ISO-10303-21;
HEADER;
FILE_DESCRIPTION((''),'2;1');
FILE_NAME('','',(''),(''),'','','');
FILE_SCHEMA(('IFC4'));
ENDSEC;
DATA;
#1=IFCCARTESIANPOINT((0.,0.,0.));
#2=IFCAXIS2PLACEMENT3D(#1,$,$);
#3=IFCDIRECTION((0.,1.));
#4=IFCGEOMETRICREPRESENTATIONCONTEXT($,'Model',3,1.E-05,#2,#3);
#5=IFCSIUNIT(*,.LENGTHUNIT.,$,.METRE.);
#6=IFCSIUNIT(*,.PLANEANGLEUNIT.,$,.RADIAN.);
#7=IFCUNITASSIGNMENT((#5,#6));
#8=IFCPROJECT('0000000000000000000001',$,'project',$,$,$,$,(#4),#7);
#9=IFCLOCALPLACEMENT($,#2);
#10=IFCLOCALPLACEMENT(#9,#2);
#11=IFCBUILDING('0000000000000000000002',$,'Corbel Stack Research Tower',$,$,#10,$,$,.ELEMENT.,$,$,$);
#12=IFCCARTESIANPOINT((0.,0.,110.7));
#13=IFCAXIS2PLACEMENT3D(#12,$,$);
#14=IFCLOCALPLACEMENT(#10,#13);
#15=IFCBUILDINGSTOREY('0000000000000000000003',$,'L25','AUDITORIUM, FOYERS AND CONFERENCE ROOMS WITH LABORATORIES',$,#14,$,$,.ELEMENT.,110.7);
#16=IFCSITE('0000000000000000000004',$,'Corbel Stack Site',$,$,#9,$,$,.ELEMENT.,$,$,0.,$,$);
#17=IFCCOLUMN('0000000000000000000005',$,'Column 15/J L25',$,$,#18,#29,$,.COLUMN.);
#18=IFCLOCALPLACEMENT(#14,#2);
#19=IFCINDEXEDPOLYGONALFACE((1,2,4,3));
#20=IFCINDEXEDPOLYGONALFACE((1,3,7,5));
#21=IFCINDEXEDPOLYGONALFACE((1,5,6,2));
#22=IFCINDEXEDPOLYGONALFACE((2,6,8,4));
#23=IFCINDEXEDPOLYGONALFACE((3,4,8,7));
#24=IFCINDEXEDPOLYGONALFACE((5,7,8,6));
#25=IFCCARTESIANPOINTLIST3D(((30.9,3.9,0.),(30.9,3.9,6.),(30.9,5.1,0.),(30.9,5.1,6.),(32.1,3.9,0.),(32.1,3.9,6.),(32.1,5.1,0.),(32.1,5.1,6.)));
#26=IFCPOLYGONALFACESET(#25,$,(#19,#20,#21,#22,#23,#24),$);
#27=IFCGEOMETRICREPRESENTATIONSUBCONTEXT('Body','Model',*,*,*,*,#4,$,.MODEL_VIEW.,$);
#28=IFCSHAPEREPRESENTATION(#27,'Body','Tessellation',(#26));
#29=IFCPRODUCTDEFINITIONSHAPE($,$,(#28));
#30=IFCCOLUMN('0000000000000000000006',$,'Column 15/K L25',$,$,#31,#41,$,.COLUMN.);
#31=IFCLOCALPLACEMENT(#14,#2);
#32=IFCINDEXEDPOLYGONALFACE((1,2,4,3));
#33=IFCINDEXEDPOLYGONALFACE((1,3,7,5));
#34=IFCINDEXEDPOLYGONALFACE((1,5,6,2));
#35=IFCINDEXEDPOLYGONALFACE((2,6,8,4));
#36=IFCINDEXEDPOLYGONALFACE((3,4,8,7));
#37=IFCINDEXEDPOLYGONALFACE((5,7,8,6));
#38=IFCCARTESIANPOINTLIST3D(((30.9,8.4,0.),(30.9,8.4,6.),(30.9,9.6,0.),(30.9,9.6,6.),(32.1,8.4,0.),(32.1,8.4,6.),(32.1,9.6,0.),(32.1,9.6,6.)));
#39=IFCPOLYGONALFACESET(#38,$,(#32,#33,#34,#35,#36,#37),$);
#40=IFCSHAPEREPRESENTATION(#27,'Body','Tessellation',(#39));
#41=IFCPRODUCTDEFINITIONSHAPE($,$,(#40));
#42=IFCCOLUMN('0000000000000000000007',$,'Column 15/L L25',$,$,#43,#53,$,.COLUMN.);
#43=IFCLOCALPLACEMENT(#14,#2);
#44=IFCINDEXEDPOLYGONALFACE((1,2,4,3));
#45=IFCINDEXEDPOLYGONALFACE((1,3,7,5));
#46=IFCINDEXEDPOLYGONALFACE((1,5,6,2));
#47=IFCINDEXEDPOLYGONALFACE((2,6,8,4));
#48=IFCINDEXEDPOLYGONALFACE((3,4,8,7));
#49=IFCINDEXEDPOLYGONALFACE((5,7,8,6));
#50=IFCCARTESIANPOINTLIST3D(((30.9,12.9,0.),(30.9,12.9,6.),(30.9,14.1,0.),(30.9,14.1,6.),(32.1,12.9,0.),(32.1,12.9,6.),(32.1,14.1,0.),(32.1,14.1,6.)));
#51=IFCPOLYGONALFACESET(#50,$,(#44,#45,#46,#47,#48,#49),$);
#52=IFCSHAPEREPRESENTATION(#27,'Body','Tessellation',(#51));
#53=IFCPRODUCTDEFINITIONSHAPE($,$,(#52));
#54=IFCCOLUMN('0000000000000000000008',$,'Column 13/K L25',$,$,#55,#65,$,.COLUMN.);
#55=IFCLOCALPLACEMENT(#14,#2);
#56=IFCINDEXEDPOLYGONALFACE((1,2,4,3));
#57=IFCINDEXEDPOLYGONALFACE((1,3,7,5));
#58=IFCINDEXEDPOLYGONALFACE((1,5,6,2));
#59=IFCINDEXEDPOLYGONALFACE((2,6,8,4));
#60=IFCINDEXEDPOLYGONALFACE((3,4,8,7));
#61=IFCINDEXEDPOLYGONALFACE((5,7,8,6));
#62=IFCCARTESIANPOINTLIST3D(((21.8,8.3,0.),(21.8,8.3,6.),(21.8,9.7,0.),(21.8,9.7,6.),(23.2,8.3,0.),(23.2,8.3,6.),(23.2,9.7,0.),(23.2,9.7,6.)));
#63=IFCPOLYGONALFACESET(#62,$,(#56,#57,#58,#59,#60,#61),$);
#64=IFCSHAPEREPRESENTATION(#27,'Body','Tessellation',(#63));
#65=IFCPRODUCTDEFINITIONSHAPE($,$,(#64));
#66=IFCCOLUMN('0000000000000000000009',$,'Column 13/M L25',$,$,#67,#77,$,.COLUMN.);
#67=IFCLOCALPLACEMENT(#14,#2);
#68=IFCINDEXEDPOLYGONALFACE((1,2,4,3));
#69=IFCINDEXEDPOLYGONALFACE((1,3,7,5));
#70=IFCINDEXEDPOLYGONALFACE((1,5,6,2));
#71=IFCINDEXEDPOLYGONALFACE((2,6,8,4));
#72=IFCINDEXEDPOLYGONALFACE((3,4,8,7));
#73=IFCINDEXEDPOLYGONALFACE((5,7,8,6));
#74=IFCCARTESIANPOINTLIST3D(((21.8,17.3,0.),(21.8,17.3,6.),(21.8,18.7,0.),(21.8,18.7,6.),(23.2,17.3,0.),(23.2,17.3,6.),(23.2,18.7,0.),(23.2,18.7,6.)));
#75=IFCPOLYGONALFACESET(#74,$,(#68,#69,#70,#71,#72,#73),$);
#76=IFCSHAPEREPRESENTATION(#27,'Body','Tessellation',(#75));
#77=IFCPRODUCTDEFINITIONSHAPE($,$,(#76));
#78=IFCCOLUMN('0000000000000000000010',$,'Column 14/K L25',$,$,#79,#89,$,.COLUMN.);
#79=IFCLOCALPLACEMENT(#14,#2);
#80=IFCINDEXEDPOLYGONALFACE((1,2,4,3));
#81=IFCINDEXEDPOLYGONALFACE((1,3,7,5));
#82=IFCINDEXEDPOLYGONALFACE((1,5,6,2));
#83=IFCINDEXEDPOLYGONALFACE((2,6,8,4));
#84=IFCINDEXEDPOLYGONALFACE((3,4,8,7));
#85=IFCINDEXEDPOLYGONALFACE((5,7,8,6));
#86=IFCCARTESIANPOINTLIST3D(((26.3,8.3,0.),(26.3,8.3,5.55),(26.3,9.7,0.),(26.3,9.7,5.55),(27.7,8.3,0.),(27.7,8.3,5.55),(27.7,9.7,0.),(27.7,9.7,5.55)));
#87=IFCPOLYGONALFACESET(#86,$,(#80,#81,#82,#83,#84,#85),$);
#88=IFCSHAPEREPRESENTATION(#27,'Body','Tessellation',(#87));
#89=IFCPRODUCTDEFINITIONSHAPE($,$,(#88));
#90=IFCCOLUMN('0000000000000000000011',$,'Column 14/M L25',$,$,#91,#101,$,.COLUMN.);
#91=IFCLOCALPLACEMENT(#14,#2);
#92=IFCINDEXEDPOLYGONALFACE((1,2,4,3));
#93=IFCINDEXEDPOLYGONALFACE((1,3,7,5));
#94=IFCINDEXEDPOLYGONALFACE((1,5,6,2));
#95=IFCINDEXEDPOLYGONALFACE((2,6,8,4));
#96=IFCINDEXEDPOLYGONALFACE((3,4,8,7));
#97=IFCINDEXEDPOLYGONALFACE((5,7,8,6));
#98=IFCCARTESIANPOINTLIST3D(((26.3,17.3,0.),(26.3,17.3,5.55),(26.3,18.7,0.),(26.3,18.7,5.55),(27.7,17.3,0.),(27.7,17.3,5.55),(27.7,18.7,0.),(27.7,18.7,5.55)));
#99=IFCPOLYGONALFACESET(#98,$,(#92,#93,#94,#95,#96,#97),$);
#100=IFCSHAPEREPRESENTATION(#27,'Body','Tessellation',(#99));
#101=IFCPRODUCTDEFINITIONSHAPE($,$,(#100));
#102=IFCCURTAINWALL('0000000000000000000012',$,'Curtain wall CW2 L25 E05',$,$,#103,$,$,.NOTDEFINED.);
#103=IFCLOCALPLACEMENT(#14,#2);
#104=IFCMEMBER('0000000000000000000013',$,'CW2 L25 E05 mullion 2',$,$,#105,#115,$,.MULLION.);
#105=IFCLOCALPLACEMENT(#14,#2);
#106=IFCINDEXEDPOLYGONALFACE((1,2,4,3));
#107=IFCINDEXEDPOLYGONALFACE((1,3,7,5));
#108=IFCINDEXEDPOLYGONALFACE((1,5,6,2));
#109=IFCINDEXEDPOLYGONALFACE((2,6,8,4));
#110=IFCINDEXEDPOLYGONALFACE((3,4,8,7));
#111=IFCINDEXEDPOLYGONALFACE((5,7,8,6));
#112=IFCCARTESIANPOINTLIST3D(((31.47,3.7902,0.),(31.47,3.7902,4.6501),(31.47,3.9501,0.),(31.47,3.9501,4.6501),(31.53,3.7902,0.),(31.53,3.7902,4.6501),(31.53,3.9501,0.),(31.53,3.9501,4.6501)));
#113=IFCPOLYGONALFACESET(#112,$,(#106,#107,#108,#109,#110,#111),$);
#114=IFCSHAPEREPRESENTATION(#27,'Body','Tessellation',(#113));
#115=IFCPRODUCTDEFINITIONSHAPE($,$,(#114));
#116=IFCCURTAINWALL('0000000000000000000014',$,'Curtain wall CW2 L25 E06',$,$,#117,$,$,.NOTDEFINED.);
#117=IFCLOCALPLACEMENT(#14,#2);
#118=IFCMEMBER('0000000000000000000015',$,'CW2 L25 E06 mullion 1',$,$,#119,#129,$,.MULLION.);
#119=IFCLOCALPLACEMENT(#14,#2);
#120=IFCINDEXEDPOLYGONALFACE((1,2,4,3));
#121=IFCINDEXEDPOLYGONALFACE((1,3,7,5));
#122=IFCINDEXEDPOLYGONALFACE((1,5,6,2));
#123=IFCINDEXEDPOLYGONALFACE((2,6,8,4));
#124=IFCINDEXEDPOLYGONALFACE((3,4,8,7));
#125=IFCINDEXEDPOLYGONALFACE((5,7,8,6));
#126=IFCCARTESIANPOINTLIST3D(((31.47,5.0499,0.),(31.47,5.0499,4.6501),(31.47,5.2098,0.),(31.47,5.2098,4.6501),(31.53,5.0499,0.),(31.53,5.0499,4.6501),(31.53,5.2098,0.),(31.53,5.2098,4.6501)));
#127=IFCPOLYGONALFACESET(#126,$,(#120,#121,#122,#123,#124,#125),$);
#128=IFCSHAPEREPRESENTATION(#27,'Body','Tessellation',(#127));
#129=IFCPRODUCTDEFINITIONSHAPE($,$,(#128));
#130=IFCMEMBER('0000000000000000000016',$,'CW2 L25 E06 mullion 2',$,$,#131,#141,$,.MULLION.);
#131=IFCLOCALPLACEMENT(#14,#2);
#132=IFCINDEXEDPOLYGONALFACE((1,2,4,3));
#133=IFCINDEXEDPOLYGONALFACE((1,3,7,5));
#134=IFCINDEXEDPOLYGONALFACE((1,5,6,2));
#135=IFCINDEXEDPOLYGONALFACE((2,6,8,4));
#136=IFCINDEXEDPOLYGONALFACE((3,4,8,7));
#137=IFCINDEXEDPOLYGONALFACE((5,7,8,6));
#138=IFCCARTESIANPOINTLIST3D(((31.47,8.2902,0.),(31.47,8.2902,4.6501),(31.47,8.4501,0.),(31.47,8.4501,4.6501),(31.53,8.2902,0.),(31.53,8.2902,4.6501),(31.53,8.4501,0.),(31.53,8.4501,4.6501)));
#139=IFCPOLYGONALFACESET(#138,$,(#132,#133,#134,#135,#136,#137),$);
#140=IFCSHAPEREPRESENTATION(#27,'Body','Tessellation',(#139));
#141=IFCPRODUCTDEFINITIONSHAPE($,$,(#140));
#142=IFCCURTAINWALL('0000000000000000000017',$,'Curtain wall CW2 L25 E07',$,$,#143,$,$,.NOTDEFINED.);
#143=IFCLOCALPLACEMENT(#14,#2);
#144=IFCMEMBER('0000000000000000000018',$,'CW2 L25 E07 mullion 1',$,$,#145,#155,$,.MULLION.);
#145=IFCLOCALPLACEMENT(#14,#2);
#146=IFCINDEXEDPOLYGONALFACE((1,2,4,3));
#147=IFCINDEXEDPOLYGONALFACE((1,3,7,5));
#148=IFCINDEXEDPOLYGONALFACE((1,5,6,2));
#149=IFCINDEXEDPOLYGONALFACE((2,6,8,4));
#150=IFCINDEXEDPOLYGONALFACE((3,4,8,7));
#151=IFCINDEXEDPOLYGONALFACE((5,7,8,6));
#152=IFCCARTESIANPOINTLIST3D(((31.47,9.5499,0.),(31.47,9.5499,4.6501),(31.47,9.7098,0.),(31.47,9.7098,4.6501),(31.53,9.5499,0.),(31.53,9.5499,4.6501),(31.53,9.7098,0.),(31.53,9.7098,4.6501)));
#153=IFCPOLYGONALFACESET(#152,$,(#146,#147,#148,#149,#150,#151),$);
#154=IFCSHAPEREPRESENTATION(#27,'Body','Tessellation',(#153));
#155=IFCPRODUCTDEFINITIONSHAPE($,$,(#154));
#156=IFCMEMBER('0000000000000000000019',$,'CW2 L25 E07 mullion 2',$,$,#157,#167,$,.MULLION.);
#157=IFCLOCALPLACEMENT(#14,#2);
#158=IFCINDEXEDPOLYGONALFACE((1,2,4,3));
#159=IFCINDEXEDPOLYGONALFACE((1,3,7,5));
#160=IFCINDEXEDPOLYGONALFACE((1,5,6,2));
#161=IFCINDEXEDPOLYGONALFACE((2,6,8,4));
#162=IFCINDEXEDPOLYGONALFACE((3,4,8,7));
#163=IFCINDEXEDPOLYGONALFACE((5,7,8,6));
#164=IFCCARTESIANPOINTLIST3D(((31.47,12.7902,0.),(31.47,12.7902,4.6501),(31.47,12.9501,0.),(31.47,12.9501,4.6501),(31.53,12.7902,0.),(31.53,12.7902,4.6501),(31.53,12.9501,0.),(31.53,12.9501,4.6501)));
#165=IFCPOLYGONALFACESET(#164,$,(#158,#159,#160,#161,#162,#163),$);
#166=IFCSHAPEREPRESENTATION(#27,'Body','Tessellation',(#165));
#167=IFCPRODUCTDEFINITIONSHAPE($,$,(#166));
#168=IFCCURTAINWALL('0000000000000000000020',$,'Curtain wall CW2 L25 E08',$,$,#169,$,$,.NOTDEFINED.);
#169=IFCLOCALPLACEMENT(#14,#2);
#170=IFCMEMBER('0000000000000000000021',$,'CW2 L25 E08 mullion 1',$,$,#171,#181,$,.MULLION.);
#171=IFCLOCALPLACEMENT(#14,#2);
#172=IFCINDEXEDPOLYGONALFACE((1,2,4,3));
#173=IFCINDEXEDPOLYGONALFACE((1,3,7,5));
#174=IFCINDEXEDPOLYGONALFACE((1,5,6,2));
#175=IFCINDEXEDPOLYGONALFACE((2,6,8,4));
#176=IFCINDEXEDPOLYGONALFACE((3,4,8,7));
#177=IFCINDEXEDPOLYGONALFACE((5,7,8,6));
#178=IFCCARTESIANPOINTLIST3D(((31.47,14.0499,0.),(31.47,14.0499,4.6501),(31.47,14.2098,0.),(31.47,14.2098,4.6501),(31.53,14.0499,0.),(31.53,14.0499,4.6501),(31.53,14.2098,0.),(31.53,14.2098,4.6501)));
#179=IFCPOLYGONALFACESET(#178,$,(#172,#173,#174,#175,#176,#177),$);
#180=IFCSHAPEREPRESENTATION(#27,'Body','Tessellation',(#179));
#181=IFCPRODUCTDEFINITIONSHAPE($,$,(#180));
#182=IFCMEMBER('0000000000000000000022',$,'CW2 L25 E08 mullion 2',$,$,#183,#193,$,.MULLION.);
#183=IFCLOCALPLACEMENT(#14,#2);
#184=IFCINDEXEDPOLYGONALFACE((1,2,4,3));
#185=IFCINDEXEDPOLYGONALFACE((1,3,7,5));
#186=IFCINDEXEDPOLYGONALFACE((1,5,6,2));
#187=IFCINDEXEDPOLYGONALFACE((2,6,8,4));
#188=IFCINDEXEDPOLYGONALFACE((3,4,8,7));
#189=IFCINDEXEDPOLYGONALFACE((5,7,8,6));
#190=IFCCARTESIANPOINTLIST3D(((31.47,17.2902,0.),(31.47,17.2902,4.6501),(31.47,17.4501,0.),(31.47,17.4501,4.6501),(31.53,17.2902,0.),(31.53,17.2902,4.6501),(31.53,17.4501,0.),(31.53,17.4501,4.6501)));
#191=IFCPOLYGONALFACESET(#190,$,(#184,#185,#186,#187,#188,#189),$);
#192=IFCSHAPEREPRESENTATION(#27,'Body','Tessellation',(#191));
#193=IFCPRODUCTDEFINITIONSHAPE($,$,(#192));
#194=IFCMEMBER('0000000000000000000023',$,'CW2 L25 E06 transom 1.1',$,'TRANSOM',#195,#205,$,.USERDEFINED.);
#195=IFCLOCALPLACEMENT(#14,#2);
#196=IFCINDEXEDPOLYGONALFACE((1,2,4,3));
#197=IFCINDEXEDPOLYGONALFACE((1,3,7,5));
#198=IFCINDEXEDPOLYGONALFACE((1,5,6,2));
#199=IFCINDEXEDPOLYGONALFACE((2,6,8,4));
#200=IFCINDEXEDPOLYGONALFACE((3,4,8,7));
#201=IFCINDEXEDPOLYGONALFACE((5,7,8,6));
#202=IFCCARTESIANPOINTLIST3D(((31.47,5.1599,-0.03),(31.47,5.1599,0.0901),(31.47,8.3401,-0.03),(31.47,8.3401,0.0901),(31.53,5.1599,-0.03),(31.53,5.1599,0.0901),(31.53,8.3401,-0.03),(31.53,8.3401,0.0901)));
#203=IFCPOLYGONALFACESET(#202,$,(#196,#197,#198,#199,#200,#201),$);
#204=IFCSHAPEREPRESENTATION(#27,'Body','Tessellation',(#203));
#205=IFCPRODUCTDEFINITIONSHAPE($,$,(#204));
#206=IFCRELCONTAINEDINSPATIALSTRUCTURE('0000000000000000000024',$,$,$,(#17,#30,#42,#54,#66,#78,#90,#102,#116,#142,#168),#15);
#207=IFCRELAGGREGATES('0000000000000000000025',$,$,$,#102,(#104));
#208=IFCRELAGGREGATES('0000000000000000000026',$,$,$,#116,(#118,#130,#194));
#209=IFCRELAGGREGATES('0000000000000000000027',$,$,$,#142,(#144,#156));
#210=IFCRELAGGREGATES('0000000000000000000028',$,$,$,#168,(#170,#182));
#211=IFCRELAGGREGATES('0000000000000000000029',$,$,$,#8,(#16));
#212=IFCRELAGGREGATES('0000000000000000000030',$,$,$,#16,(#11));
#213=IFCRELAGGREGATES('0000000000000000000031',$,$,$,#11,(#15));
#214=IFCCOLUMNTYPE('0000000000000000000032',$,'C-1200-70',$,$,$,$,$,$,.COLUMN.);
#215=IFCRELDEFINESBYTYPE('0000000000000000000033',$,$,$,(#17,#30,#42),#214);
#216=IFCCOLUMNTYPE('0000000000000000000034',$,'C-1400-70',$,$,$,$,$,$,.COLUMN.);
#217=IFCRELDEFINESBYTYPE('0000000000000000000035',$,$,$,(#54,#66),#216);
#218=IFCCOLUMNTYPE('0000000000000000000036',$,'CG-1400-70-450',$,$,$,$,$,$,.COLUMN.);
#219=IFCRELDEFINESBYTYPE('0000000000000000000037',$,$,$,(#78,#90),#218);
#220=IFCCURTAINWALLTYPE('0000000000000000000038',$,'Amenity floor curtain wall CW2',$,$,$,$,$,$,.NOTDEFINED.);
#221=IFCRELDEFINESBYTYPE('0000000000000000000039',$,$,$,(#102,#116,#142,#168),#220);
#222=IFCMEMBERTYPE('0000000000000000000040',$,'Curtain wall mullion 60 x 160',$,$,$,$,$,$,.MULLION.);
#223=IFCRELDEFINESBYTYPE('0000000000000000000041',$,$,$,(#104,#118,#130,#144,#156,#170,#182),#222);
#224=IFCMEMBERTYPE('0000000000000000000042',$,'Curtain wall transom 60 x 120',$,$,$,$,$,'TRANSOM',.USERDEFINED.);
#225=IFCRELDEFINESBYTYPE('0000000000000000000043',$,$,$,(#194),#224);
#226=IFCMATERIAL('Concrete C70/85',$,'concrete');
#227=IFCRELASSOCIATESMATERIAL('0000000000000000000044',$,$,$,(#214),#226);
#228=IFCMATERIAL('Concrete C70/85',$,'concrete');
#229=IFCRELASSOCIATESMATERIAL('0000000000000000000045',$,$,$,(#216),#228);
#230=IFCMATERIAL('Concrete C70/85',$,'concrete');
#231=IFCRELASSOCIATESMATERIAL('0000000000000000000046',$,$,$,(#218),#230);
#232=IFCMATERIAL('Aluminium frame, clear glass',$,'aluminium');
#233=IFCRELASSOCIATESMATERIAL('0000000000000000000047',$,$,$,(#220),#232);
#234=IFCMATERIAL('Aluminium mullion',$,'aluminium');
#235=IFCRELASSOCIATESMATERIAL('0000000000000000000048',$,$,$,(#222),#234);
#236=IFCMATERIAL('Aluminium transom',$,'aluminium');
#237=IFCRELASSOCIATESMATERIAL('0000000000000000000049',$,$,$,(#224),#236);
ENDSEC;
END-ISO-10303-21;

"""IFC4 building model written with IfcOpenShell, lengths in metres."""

from ifc_helpers import new_model, si_unit, direction, frame, origin, origin_2d, place, context, subcontext, project, spatial, rectangle, extrude, material, material_profile, profile_set, type_object, element, aggregate, save


model = new_model("IFC4")

# Units and contexts
model_context = context("Model", 3, precision=1e-05, world=origin(), true_north=direction((0.0, 1.0)))
body_context = subcontext(model_context, "Body", "Model", "MODEL_VIEW")
ifc_project = project(units=[si_unit("LENGTHUNIT", "METRE"), si_unit("PLANEANGLEUNIT", "RADIAN")], contexts=[model_context])

# Site, building, storey
site_placement = place(None, origin())
site = spatial("IfcSite", under=ifc_project, at=site_placement, Name="Corbel Stack Site", CompositionType="ELEMENT", RefElevation=0.0)
building_placement = place(site_placement, origin())
building = spatial("IfcBuilding", under=site, at=building_placement, Name="Corbel Stack Research Tower", CompositionType="ELEMENT")
storey_placement = place(building_placement, frame((0.0, 0.0, 110.7)))
storey = spatial("IfcBuildingStorey", under=building, at=storey_placement, Name="L25", Description="AUDITORIUM, FOYERS AND CONFERENCE ROOMS WITH LABORATORIES", CompositionType="ELEMENT", Elevation=110.7)

# Columns
ifc_material_1 = material(Name="Concrete C70/85", Category="concrete")
ifc_material_profile_1 = material_profile(ifc_material_1, rectangle(XDim=1.2, YDim=1.2, at=origin_2d()), Name="RC 1200 x 1200")
ifc_profile_set_1 = profile_set([ifc_material_profile_1], Name="Concrete C70/85")
column_type_1 = type_object("IfcColumnType", Name="C-1200-70", PredefinedType="COLUMN", material=ifc_profile_set_1)
for number, where, z_axis, x_axis, name in (
    (1, (31.5, 4.5, 0.0), (0.0, 0.0, 1.0), (1.0, 0.0, 0.0), "Column 15/J L25"),
    (2, (31.5, 9.0, 0.0), (0.0, 0.0, 1.0), (1.0, 0.0, 0.0), "Column 15/K L25"),
    (3, (31.5, 13.5, 0.0), (0.0, 0.0, 1.0), (1.0, 0.0, 0.0), "Column 15/L L25"),
):
    element("IfcColumn", number, at=place(storey_placement, frame(where, z_axis=z_axis, x_axis=x_axis)), inside=storey, type_object=column_type_1, Name=name, PredefinedType="COLUMN", context=body_context, shape_type="SweptSolid", body=[
        extrude(rectangle(XDim=1.2, YDim=1.2, at=origin_2d()), origin(), (0.0, 0.0, 1.0), 6.0),
    ])
ifc_material_2 = material(Name="Concrete C70/85", Category="concrete")
ifc_material_profile_2 = material_profile(ifc_material_2, rectangle(XDim=1.3999, YDim=1.3999, at=origin_2d()), Name="RC 1400 x 1400")
ifc_profile_set_2 = profile_set([ifc_material_profile_2], Name="Concrete C70/85")
column_type_2 = type_object("IfcColumnType", Name="C-1400-70", PredefinedType="COLUMN", material=ifc_profile_set_2)
for number, where, z_axis, x_axis, name in (
    (4, (22.5, 9.0, 0.0), (0.0, 0.0, 1.0), (1.0, 0.0, 0.0), "Column 13/K L25"),
    (5, (22.5, 18.0, 0.0), (0.0, 0.0, 1.0), (1.0, 0.0, 0.0), "Column 13/M L25"),
):
    element("IfcColumn", number, at=place(storey_placement, frame(where, z_axis=z_axis, x_axis=x_axis)), inside=storey, type_object=column_type_2, Name=name, PredefinedType="COLUMN", context=body_context, shape_type="SweptSolid", body=[
        extrude(rectangle(XDim=1.3999, YDim=1.3999, at=origin_2d()), origin(), (0.0, 0.0, 1.0), 6.0),
    ])
ifc_material_3 = material(Name="Concrete C70/85", Category="concrete")
ifc_material_profile_3 = material_profile(ifc_material_3, rectangle(XDim=1.3999, YDim=1.3999, at=origin_2d()), Name="RC 1400 x 1400")
ifc_profile_set_3 = profile_set([ifc_material_profile_3], Name="Concrete C70/85")
column_type_3 = type_object("IfcColumnType", Name="CG-1400-70-450", PredefinedType="COLUMN", material=ifc_profile_set_3)
for number, where, z_axis, x_axis, name in (
    (6, (27.0, 9.0, 0.0), (0.0, 0.0, 1.0), (1.0, 0.0, 0.0), "Column 14/K L25"),
    (7, (27.0, 18.0, 0.0), (0.0, 0.0, 1.0), (1.0, 0.0, 0.0), "Column 14/M L25"),
):
    element("IfcColumn", number, at=place(storey_placement, frame(where, z_axis=z_axis, x_axis=x_axis)), inside=storey, type_object=column_type_3, Name=name, PredefinedType="COLUMN", context=body_context, shape_type="SweptSolid", body=[
        extrude(rectangle(XDim=1.3999, YDim=1.3999, at=origin_2d()), origin(), (0.0, 0.0, 1.0), 5.55),
    ])

# Curtain wall, member
ifc_material_4 = material(Name="Aluminium frame, clear glass", Category="aluminium")
curtain_wall_type = type_object("IfcCurtainWallType", Name="Amenity floor curtain wall CW2", PredefinedType="NOTDEFINED", material=ifc_material_4)
curtain_wall_1_placement = place(storey_placement, origin())
curtain_wall_1 = element("IfcCurtainWall", 8, at=curtain_wall_1_placement, inside=storey, type_object=curtain_wall_type, Name="Curtain wall CW2 L25 E05", PredefinedType="NOTDEFINED")
ifc_material_5 = material(Name="Aluminium mullion", Category="aluminium")
ifc_material_profile_4 = material_profile(ifc_material_5, rectangle(XDim=0.0601, YDim=0.1599, at=origin_2d()), Name="Mullion 60 x 160")
ifc_profile_set_4 = profile_set([ifc_material_profile_4], Name="Aluminium mullion")
member_type_1 = type_object("IfcMemberType", Name="Curtain wall mullion 60 x 160", PredefinedType="MULLION", material=ifc_profile_set_4)
member_1_placement = place(storey_placement, frame((31.5, 3.8701, 0.0), z_axis=(0.0, 0.0, 1.0), x_axis=(-1.0, 0.0, 0.0)))
member_1 = element("IfcMember", 9, at=member_1_placement, type_object=member_type_1, Name="CW2 L25 E05 mullion 2", PredefinedType="MULLION", context=body_context, shape_type="SweptSolid", body=[
    extrude(rectangle(XDim=0.0601, YDim=0.1599, at=origin_2d()), origin(), (0.0, 0.0, 1.0), 4.6501),
])
aggregate(curtain_wall_1, [member_1])

# Curtain walls, members
curtain_wall_2_placement = place(storey_placement, origin())
curtain_wall_2 = element("IfcCurtainWall", 10, at=curtain_wall_2_placement, inside=storey, type_object=curtain_wall_type, Name="Curtain wall CW2 L25 E06", PredefinedType="NOTDEFINED")
member_2_placement = place(storey_placement, frame((31.5, 5.1299, 0.0), z_axis=(0.0, 0.0, 1.0), x_axis=(-1.0, 0.0, 0.0)))
member_2 = element("IfcMember", 11, at=member_2_placement, type_object=member_type_1, Name="CW2 L25 E06 mullion 1", PredefinedType="MULLION", context=body_context, shape_type="SweptSolid", body=[
    extrude(rectangle(XDim=0.0601, YDim=0.1599, at=origin_2d()), origin(), (0.0, 0.0, 1.0), 4.6501),
])
member_3_placement = place(storey_placement, frame((31.5, 8.3701, 0.0), z_axis=(0.0, 0.0, 1.0), x_axis=(-1.0, 0.0, 0.0)))
member_3 = element("IfcMember", 12, at=member_3_placement, type_object=member_type_1, Name="CW2 L25 E06 mullion 2", PredefinedType="MULLION", context=body_context, shape_type="SweptSolid", body=[
    extrude(rectangle(XDim=0.0601, YDim=0.1599, at=origin_2d()), origin(), (0.0, 0.0, 1.0), 4.6501),
])
curtain_wall_3_placement = place(storey_placement, origin())
curtain_wall_3 = element("IfcCurtainWall", 13, at=curtain_wall_3_placement, inside=storey, type_object=curtain_wall_type, Name="Curtain wall CW2 L25 E07", PredefinedType="NOTDEFINED")
member_4_placement = place(storey_placement, frame((31.5, 9.6299, 0.0), z_axis=(0.0, 0.0, 1.0), x_axis=(-1.0, 0.0, 0.0)))
member_4 = element("IfcMember", 14, at=member_4_placement, type_object=member_type_1, Name="CW2 L25 E07 mullion 1", PredefinedType="MULLION", context=body_context, shape_type="SweptSolid", body=[
    extrude(rectangle(XDim=0.0601, YDim=0.1599, at=origin_2d()), origin(), (0.0, 0.0, 1.0), 4.6501),
])
member_5_placement = place(storey_placement, frame((31.5, 12.8701, 0.0), z_axis=(0.0, 0.0, 1.0), x_axis=(-1.0, 0.0, 0.0)))
member_5 = element("IfcMember", 15, at=member_5_placement, type_object=member_type_1, Name="CW2 L25 E07 mullion 2", PredefinedType="MULLION", context=body_context, shape_type="SweptSolid", body=[
    extrude(rectangle(XDim=0.0601, YDim=0.1599, at=origin_2d()), origin(), (0.0, 0.0, 1.0), 4.6501),
])
curtain_wall_4_placement = place(storey_placement, origin())
curtain_wall_4 = element("IfcCurtainWall", 16, at=curtain_wall_4_placement, inside=storey, type_object=curtain_wall_type, Name="Curtain wall CW2 L25 E08", PredefinedType="NOTDEFINED")
member_6_placement = place(storey_placement, frame((31.5, 14.1299, 0.0), z_axis=(0.0, 0.0, 1.0), x_axis=(-1.0, 0.0, 0.0)))
member_6 = element("IfcMember", 17, at=member_6_placement, type_object=member_type_1, Name="CW2 L25 E08 mullion 1", PredefinedType="MULLION", context=body_context, shape_type="SweptSolid", body=[
    extrude(rectangle(XDim=0.0601, YDim=0.1599, at=origin_2d()), origin(), (0.0, 0.0, 1.0), 4.6501),
])
member_7_placement = place(storey_placement, frame((31.5, 17.3701, 0.0), z_axis=(0.0, 0.0, 1.0), x_axis=(-1.0, 0.0, 0.0)))
member_7 = element("IfcMember", 18, at=member_7_placement, type_object=member_type_1, Name="CW2 L25 E08 mullion 2", PredefinedType="MULLION", context=body_context, shape_type="SweptSolid", body=[
    extrude(rectangle(XDim=0.0601, YDim=0.1599, at=origin_2d()), origin(), (0.0, 0.0, 1.0), 4.6501),
])

# Member
ifc_material_6 = material(Name="Aluminium transom", Category="aluminium")
ifc_material_profile_5 = material_profile(ifc_material_6, rectangle(XDim=0.0601, YDim=0.1201, at=origin_2d()), Name="Transom 60 x 120")
ifc_profile_set_5 = profile_set([ifc_material_profile_5], Name="Aluminium transom")
member_type_2 = type_object("IfcMemberType", Name="Curtain wall transom 60 x 120", ElementType="TRANSOM", PredefinedType="USERDEFINED", material=ifc_profile_set_5)
member_8_placement = place(storey_placement, frame((31.5, 5.1599, 0.03), z_axis=(0.0, 1.0, 0.0), x_axis=(-1.0, 0.0, 0.0)))
member_8 = element("IfcMember", 19, at=member_8_placement, type_object=member_type_2, Name="CW2 L25 E06 transom 1.1", ObjectType="TRANSOM", PredefinedType="USERDEFINED", context=body_context, shape_type="SweptSolid", body=[
    extrude(rectangle(XDim=0.0601, YDim=0.1201, at=origin_2d()), origin(), (0.0, 0.0, 1.0), 3.1802),
])

aggregate(curtain_wall_2, [member_2, member_3, member_8])
aggregate(curtain_wall_3, [member_4, member_5])
aggregate(curtain_wall_4, [member_6, member_7])

save(model, "model.ifc")
